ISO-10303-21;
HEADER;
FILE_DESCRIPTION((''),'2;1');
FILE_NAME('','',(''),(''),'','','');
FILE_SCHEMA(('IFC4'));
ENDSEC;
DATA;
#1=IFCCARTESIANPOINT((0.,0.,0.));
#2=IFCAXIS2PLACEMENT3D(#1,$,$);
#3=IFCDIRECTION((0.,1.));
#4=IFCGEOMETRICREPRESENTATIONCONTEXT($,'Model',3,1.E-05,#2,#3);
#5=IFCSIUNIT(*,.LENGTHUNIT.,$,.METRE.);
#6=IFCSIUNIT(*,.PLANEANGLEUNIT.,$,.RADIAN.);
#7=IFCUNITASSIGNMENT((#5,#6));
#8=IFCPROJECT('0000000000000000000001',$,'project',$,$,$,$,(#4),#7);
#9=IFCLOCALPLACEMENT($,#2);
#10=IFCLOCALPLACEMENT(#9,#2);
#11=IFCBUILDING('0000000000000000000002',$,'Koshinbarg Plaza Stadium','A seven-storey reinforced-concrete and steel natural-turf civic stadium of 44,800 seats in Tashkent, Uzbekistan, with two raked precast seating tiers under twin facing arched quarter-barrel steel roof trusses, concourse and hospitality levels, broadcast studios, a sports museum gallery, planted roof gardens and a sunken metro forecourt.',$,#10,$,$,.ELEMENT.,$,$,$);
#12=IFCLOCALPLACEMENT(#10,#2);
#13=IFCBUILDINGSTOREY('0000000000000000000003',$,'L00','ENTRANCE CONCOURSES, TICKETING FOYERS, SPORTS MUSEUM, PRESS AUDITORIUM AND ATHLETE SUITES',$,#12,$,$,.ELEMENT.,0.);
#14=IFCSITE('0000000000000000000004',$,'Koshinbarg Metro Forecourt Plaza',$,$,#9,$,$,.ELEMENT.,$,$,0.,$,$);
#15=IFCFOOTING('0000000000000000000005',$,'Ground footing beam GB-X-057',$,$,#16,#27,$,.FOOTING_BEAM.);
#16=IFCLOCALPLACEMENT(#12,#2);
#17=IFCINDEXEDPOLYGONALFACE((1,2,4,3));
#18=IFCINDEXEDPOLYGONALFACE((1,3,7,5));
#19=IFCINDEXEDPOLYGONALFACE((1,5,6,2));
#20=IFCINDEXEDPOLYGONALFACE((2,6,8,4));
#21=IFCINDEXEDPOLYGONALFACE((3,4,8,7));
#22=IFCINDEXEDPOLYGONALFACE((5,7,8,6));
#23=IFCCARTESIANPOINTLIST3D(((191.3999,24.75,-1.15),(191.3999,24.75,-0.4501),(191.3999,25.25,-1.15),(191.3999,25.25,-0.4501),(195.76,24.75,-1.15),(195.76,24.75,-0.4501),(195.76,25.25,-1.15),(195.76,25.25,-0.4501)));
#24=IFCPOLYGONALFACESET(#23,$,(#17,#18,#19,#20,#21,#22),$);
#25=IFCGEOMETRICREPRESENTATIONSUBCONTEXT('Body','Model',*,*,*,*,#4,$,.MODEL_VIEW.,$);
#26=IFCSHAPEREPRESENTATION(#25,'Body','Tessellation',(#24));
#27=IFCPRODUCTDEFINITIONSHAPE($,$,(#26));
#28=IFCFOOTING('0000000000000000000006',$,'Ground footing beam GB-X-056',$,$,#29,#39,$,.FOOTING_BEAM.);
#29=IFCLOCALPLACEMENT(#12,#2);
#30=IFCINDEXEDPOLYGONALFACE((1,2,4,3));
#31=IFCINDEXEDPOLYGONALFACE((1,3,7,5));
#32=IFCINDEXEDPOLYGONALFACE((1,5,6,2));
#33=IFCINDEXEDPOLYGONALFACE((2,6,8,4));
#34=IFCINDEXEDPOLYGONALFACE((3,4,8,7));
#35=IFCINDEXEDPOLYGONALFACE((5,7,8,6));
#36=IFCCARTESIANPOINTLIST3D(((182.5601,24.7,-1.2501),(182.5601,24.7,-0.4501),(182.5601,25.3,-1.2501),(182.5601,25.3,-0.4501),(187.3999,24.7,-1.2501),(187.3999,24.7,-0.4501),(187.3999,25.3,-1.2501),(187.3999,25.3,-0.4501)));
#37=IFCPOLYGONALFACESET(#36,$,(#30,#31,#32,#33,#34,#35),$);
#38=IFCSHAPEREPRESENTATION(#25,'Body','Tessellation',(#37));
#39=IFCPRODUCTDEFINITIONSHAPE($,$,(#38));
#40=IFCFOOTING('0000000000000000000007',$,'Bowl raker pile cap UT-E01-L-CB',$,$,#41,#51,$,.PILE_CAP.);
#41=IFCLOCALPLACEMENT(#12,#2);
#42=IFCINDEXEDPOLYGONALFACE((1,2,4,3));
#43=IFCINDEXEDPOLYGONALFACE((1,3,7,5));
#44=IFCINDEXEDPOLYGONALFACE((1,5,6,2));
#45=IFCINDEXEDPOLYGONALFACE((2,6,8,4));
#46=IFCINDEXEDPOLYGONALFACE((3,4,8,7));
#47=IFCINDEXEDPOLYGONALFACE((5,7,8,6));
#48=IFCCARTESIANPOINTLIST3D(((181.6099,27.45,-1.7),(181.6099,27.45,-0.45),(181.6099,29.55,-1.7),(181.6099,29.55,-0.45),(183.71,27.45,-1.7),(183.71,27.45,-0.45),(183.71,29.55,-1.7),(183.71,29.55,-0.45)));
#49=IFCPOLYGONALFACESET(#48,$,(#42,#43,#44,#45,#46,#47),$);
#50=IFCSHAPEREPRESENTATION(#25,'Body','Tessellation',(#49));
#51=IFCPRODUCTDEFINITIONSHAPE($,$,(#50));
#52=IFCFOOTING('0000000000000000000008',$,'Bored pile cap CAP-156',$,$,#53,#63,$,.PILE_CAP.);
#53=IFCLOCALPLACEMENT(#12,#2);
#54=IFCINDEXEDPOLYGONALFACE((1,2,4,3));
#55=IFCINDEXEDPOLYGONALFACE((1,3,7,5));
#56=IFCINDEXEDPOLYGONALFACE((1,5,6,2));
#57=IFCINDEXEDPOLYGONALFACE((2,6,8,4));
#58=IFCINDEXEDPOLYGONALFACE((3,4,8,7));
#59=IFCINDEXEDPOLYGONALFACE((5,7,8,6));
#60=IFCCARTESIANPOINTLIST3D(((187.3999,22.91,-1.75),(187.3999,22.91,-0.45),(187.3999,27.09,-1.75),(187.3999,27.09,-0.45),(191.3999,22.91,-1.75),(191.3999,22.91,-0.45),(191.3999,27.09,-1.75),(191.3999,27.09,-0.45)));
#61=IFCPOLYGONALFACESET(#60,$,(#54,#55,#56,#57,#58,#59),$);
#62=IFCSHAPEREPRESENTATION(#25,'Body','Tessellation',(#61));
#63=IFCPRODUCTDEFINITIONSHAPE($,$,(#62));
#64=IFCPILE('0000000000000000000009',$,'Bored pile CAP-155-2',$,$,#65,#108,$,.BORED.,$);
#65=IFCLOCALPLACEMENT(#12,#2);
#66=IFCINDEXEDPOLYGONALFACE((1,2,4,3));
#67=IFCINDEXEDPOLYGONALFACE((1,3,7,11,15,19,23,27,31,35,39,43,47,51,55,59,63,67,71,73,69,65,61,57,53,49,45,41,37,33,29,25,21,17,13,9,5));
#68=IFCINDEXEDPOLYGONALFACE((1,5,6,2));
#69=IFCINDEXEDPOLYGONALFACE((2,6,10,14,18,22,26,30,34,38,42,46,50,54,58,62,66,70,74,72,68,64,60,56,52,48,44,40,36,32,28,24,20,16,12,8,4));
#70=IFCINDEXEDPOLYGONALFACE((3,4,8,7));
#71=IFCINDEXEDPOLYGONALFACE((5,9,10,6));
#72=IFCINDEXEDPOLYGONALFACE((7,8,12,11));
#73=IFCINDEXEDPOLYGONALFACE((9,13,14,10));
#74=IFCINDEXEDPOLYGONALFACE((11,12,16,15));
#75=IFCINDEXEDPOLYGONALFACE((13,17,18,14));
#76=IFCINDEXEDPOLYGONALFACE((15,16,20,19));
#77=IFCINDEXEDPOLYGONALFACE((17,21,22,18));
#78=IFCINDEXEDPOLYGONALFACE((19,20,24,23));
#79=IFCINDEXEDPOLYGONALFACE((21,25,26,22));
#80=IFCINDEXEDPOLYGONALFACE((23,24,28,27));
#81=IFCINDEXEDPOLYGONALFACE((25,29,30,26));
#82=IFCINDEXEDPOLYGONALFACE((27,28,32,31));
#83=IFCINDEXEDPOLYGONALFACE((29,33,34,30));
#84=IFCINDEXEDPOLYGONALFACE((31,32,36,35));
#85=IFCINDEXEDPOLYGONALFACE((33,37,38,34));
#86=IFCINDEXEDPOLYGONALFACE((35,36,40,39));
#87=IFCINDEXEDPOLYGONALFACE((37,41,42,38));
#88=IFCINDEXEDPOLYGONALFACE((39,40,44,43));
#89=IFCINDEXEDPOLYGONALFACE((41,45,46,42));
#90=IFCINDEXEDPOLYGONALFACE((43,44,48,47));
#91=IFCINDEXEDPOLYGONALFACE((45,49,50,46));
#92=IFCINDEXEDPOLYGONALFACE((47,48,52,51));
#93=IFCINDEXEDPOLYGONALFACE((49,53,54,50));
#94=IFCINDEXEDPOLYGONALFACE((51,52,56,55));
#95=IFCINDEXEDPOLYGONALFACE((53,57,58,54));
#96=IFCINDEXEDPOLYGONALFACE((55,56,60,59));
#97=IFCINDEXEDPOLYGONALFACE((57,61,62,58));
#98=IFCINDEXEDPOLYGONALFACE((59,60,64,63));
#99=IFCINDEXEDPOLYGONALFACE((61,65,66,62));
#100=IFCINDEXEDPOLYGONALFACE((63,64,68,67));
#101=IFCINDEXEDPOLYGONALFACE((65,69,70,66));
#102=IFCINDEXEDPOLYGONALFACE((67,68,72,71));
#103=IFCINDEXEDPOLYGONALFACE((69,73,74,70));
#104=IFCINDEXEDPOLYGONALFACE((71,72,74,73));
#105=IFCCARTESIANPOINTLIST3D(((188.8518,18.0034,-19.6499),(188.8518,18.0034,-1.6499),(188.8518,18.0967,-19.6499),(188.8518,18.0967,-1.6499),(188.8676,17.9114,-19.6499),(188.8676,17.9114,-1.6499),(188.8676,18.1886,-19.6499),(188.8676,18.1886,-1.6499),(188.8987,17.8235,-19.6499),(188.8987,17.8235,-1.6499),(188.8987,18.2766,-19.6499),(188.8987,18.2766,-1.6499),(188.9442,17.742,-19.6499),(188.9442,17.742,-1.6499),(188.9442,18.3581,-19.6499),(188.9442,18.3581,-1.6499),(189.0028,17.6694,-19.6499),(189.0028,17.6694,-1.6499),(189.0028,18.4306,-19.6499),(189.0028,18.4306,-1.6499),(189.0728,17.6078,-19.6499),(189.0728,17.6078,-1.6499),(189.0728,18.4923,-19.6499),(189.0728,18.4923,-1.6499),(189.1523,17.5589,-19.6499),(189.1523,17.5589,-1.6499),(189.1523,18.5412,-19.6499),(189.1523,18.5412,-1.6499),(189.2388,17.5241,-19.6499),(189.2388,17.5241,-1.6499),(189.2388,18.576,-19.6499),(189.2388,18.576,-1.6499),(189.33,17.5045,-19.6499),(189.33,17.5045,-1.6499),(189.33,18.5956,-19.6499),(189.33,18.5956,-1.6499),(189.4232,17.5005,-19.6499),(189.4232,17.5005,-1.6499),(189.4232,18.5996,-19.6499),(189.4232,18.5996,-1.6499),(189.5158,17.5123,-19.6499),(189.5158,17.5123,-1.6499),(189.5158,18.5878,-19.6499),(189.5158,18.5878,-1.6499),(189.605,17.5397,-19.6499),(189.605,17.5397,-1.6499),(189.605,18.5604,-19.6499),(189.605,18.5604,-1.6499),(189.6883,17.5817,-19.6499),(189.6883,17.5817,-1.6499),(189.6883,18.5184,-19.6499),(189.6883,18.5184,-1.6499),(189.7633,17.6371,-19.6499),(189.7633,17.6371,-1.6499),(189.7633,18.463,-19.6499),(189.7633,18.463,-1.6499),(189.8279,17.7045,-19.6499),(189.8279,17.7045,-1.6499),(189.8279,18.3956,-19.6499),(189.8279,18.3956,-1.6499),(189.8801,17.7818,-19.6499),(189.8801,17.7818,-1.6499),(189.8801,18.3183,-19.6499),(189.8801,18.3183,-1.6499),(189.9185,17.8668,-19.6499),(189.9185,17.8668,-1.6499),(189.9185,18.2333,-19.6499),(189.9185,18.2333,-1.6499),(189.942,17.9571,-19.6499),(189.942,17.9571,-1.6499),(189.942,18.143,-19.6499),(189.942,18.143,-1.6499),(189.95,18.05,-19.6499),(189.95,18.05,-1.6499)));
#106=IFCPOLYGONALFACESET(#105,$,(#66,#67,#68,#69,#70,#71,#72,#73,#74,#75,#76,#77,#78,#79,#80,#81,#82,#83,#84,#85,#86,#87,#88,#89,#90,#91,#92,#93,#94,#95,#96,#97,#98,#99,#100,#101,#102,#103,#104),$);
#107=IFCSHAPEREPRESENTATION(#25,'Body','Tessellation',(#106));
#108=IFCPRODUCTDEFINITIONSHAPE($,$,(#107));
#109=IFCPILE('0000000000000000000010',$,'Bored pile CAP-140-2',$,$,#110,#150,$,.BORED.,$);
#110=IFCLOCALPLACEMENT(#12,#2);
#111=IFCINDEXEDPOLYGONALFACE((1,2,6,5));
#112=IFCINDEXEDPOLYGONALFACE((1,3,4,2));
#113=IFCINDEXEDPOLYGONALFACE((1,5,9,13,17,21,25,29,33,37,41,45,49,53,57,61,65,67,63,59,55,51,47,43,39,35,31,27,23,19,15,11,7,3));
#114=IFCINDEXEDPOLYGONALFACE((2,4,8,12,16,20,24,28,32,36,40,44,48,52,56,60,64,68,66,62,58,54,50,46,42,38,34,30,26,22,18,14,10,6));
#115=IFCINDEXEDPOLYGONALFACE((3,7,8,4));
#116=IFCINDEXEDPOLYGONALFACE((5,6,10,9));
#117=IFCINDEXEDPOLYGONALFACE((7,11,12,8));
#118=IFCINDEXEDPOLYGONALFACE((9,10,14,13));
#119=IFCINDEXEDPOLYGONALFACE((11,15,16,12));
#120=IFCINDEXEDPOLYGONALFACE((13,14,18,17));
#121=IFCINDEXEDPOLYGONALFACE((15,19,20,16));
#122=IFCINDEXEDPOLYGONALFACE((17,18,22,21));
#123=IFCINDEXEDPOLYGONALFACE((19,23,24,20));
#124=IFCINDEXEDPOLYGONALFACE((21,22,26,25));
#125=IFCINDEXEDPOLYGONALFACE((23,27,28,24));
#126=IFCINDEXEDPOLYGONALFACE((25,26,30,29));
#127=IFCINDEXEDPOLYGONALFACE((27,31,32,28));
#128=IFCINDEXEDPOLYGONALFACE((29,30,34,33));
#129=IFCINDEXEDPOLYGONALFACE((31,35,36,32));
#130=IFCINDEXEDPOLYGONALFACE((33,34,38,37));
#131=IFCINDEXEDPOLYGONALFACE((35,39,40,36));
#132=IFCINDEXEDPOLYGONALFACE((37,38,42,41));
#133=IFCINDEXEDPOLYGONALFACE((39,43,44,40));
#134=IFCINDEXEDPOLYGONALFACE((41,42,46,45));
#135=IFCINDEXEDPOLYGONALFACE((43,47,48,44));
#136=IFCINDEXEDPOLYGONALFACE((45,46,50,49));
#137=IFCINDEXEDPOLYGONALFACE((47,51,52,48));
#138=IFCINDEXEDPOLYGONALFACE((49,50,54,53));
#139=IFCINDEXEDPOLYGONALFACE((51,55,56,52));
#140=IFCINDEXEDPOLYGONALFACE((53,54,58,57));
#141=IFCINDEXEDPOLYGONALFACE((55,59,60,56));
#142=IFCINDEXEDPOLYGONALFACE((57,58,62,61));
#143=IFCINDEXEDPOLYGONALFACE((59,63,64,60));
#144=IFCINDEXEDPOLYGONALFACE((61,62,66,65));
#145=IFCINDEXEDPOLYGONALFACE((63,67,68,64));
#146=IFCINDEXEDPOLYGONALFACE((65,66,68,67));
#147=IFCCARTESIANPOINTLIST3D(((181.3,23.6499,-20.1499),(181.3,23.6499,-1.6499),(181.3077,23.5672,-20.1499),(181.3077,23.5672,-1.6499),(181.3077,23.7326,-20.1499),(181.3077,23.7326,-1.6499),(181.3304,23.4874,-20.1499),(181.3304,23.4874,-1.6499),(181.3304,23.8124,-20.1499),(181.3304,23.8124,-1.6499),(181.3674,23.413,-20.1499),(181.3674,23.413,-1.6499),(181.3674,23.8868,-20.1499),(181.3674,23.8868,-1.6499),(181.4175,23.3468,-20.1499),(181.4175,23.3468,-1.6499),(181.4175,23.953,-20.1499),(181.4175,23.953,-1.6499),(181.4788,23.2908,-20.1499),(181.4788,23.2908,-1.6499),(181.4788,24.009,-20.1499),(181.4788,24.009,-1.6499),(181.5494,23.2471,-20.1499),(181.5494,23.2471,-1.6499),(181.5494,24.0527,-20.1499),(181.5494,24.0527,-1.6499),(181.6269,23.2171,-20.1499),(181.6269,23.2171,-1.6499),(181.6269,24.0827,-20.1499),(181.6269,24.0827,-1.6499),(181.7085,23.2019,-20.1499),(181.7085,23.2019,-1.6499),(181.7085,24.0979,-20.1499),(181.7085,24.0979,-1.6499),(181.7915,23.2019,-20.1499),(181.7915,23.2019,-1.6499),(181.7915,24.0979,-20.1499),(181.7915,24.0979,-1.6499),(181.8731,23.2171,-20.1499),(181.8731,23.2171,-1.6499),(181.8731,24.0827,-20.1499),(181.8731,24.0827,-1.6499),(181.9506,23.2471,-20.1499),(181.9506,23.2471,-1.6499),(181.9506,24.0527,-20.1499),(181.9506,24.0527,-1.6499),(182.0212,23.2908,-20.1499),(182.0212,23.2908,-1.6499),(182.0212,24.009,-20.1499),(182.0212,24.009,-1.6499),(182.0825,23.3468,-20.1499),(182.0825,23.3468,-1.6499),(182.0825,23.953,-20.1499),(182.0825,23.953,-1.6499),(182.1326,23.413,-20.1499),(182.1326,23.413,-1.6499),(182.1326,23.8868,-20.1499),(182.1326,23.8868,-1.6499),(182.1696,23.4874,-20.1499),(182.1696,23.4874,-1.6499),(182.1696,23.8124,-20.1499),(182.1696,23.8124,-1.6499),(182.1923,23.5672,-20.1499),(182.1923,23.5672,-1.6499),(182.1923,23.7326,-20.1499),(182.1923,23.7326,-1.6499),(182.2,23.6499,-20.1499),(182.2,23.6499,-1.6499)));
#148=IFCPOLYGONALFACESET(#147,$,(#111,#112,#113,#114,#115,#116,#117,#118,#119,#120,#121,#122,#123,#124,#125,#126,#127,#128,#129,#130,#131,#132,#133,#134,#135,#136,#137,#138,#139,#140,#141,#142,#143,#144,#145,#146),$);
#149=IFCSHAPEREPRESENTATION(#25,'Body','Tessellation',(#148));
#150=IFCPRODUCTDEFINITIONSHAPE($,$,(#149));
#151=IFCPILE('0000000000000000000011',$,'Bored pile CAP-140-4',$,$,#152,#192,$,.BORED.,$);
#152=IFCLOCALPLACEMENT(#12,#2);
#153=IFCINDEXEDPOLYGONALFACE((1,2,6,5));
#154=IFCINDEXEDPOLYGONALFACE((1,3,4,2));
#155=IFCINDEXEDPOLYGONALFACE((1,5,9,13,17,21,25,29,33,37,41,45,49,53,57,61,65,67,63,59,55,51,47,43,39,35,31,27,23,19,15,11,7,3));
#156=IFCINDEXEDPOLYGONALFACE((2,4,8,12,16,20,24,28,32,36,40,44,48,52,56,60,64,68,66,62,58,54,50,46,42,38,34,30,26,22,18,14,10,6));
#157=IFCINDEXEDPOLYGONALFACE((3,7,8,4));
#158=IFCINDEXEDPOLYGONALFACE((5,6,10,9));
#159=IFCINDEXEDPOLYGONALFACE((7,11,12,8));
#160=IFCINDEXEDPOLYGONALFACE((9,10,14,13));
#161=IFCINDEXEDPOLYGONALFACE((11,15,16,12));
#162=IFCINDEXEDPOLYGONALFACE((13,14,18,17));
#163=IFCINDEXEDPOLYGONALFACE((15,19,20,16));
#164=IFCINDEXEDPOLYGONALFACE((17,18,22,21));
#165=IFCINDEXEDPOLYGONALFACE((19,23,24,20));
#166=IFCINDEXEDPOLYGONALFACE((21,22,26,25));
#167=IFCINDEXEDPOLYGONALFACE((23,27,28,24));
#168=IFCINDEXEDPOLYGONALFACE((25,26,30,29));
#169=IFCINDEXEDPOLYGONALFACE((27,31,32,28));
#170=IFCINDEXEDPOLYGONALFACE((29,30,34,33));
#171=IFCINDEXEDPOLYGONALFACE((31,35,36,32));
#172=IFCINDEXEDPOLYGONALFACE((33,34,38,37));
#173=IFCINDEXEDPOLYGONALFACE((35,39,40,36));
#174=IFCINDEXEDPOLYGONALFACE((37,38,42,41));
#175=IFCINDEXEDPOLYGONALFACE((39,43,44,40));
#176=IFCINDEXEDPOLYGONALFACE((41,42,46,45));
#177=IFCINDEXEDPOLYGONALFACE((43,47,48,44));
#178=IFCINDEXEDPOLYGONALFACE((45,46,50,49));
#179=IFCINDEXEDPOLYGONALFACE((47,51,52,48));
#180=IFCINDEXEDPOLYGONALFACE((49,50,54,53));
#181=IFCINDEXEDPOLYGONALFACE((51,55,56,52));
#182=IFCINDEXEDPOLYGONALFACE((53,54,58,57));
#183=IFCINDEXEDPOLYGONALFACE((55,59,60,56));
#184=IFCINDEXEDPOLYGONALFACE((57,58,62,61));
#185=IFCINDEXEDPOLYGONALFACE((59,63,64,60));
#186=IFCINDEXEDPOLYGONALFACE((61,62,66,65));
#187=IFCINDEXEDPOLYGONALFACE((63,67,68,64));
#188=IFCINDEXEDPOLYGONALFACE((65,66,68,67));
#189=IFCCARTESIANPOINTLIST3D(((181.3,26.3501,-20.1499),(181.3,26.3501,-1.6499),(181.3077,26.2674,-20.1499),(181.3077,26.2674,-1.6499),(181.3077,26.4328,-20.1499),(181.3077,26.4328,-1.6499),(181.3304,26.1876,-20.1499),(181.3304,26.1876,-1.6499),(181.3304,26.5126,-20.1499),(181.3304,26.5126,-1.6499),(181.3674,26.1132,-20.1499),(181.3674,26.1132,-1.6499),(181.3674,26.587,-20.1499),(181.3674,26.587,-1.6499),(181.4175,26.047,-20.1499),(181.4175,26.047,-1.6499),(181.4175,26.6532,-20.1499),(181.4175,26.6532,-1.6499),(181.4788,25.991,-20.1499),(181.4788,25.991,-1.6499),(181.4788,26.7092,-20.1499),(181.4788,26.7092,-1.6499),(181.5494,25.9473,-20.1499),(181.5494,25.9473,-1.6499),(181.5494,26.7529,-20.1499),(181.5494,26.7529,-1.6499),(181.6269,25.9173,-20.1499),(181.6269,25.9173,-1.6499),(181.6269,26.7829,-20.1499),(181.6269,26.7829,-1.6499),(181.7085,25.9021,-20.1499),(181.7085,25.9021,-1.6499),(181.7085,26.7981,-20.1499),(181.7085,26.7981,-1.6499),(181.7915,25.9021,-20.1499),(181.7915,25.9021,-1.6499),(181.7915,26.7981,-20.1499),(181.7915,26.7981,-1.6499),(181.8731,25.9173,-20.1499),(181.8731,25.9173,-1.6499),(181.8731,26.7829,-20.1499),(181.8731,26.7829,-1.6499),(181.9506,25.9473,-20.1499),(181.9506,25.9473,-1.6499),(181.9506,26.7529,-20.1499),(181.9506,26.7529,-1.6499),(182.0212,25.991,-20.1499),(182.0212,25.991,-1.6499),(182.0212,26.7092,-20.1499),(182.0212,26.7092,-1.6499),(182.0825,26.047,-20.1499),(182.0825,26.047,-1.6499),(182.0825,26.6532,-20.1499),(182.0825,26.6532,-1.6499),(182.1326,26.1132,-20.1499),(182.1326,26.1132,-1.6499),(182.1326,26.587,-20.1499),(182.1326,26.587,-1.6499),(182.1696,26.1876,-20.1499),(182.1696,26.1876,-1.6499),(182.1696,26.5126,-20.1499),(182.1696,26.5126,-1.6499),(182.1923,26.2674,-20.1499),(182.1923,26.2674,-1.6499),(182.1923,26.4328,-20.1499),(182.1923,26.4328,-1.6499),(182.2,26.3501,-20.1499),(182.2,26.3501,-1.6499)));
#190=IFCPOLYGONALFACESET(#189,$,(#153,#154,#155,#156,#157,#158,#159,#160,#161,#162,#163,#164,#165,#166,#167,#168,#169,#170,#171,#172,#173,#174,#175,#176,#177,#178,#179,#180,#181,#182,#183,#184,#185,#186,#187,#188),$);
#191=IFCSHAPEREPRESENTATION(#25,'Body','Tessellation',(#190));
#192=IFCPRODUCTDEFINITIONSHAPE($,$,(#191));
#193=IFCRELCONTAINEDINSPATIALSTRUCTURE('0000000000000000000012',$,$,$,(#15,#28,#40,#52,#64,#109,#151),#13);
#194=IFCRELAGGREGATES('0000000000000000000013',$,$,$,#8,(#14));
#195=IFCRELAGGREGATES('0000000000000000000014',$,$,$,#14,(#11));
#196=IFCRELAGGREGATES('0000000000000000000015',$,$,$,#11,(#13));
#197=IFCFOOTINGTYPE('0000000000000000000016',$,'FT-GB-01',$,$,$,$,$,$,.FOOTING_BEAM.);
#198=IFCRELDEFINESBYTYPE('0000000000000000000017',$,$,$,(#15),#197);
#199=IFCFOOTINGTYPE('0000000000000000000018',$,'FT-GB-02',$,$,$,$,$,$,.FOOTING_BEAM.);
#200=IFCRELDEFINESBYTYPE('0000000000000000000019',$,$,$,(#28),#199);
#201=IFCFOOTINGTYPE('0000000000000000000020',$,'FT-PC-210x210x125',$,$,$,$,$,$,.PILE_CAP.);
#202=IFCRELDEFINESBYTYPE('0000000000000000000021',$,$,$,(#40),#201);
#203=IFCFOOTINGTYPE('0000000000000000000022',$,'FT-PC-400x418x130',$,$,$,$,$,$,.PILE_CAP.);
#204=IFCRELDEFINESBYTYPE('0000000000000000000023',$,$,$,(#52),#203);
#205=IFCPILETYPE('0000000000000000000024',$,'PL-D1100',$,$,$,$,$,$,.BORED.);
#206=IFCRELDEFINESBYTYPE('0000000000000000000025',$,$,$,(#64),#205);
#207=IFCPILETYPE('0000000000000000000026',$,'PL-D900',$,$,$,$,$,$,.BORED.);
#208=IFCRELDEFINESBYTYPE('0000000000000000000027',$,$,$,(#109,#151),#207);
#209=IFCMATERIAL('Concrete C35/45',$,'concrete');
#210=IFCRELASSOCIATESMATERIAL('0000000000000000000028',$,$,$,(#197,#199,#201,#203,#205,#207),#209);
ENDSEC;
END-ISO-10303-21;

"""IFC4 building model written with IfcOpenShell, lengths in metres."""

from ifc_helpers import new_model, si_unit, direction, frame, origin, origin_2d, place, context, subcontext, project, spatial, rectangle, circle, extrude, material, material_profile, profile_set, type_object, element, save


model = new_model("IFC4")

# Units and contexts
model_context = context("Model", 3, precision=1e-05, world=origin(), true_north=direction((0.0, 1.0)))
body_context = subcontext(model_context, "Body", "Model", "MODEL_VIEW")
ifc_project = project(units=[si_unit("LENGTHUNIT", "METRE"), si_unit("PLANEANGLEUNIT", "RADIAN")], contexts=[model_context])

# Site, building, storey
site_placement = place(None, origin())
site = spatial("IfcSite", under=ifc_project, at=site_placement, Name="Koshinbarg Metro Forecourt Plaza", CompositionType="ELEMENT", RefElevation=0.0)
building_placement = place(site_placement, origin())
building = spatial("IfcBuilding", under=site, at=building_placement, Name="Koshinbarg Plaza Stadium", Description="A seven-storey reinforced-concrete and steel natural-turf civic stadium of 44,800 seats in Tashkent, Uzbekistan, with two raked precast seating tiers under twin facing arched quarter-barrel steel roof trusses, concourse and hospitality levels, broadcast studios, a sports museum gallery, planted roof gardens and a sunken metro forecourt.", CompositionType="ELEMENT")
storey_placement = place(building_placement, origin())
storey = spatial("IfcBuildingStorey", under=building, at=storey_placement, Name="L00", Description="ENTRANCE CONCOURSES, TICKETING FOYERS, SPORTS MUSEUM, PRESS AUDITORIUM AND ATHLETE SUITES", CompositionType="ELEMENT", Elevation=0.0)

# Footings
ifc_material_1 = material(Name="Concrete C35/45", Category="concrete")
ifc_material_profile_1 = material_profile(ifc_material_1, rectangle(XDim=0.5, YDim=0.7, at=origin_2d()), Name="GB 500x700")
ifc_profile_set_1 = profile_set([ifc_material_profile_1], Name="Concrete C35/45")
footing_type_1 = type_object("IfcFootingType", Name="FT-GB-01", PredefinedType="FOOTING_BEAM", material=ifc_profile_set_1)
footing_1_placement = place(storey_placement, frame((191.3999, 25.0, -0.8), z_axis=(1.0, 0.0, 0.0), x_axis=(0.0, 1.0, 0.0)))
element("IfcFooting", 1, at=footing_1_placement, inside=storey, type_object=footing_type_1, Name="Ground footing beam GB-X-057", PredefinedType="FOOTING_BEAM", context=body_context, shape_type="SweptSolid", body=[
    extrude(rectangle(XDim=0.5, YDim=0.7, at=origin_2d()), origin(), (0.0, 0.0, 1.0), 4.3601),
])
ifc_material_profile_2 = material_profile(ifc_material_1, rectangle(XDim=0.6001, YDim=0.8, at=origin_2d()), Name="GB 600x800")
ifc_profile_set_2 = profile_set([ifc_material_profile_2], Name="Concrete C35/45")
footing_type_2 = type_object("IfcFootingType", Name="FT-GB-02", PredefinedType="FOOTING_BEAM", material=ifc_profile_set_2)
footing_2_placement = place(storey_placement, frame((182.5601, 25.0, -0.8501), z_axis=(1.0, 0.0, 0.0), x_axis=(0.0, 1.0, 0.0)))
element("IfcFooting", 2, at=footing_2_placement, inside=storey, type_object=footing_type_2, Name="Ground footing beam GB-X-056", PredefinedType="FOOTING_BEAM", context=body_context, shape_type="SweptSolid", body=[
    extrude(rectangle(XDim=0.6001, YDim=0.8, at=origin_2d()), origin(), (0.0, 0.0, 1.0), 4.8398),
])
footing_type_3 = type_object("IfcFootingType", Name="FT-PC-210x210x125", PredefinedType="PILE_CAP", material=ifc_material_1)
footing_3_placement = place(storey_placement, frame((182.6599, 28.5, -1.7), z_axis=(0.0, 0.0, 1.0), x_axis=(1.0, 0.0, 0.0)))
element("IfcFooting", 3, at=footing_3_placement, inside=storey, type_object=footing_type_3, Name="Bowl raker pile cap UT-E01-L-CB", PredefinedType="PILE_CAP", context=body_context, shape_type="SweptSolid", body=[
    extrude(rectangle(XDim=2.1001, YDim=2.1001, at=origin_2d()), origin(), (0.0, 0.0, 1.0), 1.25),
])
footing_type_4 = type_object("IfcFootingType", Name="FT-PC-400x418x130", PredefinedType="PILE_CAP", material=ifc_material_1)
footing_4_placement = place(storey_placement, frame((189.3999, 25.0, -1.75), z_axis=(0.0, 0.0, 1.0), x_axis=(1.0, 0.0, 0.0)))
element("IfcFooting", 4, at=footing_4_placement, inside=storey, type_object=footing_type_4, Name="Bored pile cap CAP-156", PredefinedType="PILE_CAP", context=body_context, shape_type="SweptSolid", body=[
    extrude(rectangle(XDim=4.0, YDim=4.1799, at=origin_2d()), origin(), (0.0, 0.0, 1.0), 1.3),
])

# Piles
ifc_material_profile_3 = material_profile(ifc_material_1, circle(Radius=0.55, at=origin_2d()), Name="PILE D1100")
ifc_profile_set_3 = profile_set([ifc_material_profile_3], Name="Concrete C35/45")
pile_type_1 = type_object("IfcPileType", Name="PL-D1100", PredefinedType="BORED", material=ifc_profile_set_3)
pile_1_placement = place(storey_placement, frame((189.3999, 18.05, -1.6499), z_axis=(0.0, 0.0, -1.0), x_axis=(1.0, 0.0, 0.0)))
element("IfcPile", 5, at=pile_1_placement, inside=storey, type_object=pile_type_1, Name="Bored pile CAP-155-2", PredefinedType="BORED", context=body_context, shape_type="SweptSolid", body=[
    extrude(circle(Radius=0.55, at=origin_2d()), origin(), (0.0, 0.0, 1.0), 18.0),
])
ifc_material_profile_4 = material_profile(ifc_material_1, circle(Radius=0.45, at=origin_2d()), Name="PILE D900")
ifc_profile_set_4 = profile_set([ifc_material_profile_4], Name="Concrete C35/45")
pile_type_2 = type_object("IfcPileType", Name="PL-D900", PredefinedType="BORED", material=ifc_profile_set_4)
for number, where, z_axis, x_axis, name in (
    (6, (181.75, 23.6499, -1.6499), (0.0, 0.0, -1.0), (1.0, 0.0, 0.0), "Bored pile CAP-140-2"),
    (7, (181.75, 26.3501, -1.6499), (0.0, 0.0, -1.0), (1.0, 0.0, 0.0), "Bored pile CAP-140-4"),
):
    element("IfcPile", number, at=place(storey_placement, frame(where, z_axis=z_axis, x_axis=x_axis)), inside=storey, type_object=pile_type_2, Name=name, PredefinedType="BORED", context=body_context, shape_type="SweptSolid", body=[
        extrude(circle(Radius=0.45, at=origin_2d()), origin(), (0.0, 0.0, 1.0), 18.5),
    ])

save(model, "model.ifc")
